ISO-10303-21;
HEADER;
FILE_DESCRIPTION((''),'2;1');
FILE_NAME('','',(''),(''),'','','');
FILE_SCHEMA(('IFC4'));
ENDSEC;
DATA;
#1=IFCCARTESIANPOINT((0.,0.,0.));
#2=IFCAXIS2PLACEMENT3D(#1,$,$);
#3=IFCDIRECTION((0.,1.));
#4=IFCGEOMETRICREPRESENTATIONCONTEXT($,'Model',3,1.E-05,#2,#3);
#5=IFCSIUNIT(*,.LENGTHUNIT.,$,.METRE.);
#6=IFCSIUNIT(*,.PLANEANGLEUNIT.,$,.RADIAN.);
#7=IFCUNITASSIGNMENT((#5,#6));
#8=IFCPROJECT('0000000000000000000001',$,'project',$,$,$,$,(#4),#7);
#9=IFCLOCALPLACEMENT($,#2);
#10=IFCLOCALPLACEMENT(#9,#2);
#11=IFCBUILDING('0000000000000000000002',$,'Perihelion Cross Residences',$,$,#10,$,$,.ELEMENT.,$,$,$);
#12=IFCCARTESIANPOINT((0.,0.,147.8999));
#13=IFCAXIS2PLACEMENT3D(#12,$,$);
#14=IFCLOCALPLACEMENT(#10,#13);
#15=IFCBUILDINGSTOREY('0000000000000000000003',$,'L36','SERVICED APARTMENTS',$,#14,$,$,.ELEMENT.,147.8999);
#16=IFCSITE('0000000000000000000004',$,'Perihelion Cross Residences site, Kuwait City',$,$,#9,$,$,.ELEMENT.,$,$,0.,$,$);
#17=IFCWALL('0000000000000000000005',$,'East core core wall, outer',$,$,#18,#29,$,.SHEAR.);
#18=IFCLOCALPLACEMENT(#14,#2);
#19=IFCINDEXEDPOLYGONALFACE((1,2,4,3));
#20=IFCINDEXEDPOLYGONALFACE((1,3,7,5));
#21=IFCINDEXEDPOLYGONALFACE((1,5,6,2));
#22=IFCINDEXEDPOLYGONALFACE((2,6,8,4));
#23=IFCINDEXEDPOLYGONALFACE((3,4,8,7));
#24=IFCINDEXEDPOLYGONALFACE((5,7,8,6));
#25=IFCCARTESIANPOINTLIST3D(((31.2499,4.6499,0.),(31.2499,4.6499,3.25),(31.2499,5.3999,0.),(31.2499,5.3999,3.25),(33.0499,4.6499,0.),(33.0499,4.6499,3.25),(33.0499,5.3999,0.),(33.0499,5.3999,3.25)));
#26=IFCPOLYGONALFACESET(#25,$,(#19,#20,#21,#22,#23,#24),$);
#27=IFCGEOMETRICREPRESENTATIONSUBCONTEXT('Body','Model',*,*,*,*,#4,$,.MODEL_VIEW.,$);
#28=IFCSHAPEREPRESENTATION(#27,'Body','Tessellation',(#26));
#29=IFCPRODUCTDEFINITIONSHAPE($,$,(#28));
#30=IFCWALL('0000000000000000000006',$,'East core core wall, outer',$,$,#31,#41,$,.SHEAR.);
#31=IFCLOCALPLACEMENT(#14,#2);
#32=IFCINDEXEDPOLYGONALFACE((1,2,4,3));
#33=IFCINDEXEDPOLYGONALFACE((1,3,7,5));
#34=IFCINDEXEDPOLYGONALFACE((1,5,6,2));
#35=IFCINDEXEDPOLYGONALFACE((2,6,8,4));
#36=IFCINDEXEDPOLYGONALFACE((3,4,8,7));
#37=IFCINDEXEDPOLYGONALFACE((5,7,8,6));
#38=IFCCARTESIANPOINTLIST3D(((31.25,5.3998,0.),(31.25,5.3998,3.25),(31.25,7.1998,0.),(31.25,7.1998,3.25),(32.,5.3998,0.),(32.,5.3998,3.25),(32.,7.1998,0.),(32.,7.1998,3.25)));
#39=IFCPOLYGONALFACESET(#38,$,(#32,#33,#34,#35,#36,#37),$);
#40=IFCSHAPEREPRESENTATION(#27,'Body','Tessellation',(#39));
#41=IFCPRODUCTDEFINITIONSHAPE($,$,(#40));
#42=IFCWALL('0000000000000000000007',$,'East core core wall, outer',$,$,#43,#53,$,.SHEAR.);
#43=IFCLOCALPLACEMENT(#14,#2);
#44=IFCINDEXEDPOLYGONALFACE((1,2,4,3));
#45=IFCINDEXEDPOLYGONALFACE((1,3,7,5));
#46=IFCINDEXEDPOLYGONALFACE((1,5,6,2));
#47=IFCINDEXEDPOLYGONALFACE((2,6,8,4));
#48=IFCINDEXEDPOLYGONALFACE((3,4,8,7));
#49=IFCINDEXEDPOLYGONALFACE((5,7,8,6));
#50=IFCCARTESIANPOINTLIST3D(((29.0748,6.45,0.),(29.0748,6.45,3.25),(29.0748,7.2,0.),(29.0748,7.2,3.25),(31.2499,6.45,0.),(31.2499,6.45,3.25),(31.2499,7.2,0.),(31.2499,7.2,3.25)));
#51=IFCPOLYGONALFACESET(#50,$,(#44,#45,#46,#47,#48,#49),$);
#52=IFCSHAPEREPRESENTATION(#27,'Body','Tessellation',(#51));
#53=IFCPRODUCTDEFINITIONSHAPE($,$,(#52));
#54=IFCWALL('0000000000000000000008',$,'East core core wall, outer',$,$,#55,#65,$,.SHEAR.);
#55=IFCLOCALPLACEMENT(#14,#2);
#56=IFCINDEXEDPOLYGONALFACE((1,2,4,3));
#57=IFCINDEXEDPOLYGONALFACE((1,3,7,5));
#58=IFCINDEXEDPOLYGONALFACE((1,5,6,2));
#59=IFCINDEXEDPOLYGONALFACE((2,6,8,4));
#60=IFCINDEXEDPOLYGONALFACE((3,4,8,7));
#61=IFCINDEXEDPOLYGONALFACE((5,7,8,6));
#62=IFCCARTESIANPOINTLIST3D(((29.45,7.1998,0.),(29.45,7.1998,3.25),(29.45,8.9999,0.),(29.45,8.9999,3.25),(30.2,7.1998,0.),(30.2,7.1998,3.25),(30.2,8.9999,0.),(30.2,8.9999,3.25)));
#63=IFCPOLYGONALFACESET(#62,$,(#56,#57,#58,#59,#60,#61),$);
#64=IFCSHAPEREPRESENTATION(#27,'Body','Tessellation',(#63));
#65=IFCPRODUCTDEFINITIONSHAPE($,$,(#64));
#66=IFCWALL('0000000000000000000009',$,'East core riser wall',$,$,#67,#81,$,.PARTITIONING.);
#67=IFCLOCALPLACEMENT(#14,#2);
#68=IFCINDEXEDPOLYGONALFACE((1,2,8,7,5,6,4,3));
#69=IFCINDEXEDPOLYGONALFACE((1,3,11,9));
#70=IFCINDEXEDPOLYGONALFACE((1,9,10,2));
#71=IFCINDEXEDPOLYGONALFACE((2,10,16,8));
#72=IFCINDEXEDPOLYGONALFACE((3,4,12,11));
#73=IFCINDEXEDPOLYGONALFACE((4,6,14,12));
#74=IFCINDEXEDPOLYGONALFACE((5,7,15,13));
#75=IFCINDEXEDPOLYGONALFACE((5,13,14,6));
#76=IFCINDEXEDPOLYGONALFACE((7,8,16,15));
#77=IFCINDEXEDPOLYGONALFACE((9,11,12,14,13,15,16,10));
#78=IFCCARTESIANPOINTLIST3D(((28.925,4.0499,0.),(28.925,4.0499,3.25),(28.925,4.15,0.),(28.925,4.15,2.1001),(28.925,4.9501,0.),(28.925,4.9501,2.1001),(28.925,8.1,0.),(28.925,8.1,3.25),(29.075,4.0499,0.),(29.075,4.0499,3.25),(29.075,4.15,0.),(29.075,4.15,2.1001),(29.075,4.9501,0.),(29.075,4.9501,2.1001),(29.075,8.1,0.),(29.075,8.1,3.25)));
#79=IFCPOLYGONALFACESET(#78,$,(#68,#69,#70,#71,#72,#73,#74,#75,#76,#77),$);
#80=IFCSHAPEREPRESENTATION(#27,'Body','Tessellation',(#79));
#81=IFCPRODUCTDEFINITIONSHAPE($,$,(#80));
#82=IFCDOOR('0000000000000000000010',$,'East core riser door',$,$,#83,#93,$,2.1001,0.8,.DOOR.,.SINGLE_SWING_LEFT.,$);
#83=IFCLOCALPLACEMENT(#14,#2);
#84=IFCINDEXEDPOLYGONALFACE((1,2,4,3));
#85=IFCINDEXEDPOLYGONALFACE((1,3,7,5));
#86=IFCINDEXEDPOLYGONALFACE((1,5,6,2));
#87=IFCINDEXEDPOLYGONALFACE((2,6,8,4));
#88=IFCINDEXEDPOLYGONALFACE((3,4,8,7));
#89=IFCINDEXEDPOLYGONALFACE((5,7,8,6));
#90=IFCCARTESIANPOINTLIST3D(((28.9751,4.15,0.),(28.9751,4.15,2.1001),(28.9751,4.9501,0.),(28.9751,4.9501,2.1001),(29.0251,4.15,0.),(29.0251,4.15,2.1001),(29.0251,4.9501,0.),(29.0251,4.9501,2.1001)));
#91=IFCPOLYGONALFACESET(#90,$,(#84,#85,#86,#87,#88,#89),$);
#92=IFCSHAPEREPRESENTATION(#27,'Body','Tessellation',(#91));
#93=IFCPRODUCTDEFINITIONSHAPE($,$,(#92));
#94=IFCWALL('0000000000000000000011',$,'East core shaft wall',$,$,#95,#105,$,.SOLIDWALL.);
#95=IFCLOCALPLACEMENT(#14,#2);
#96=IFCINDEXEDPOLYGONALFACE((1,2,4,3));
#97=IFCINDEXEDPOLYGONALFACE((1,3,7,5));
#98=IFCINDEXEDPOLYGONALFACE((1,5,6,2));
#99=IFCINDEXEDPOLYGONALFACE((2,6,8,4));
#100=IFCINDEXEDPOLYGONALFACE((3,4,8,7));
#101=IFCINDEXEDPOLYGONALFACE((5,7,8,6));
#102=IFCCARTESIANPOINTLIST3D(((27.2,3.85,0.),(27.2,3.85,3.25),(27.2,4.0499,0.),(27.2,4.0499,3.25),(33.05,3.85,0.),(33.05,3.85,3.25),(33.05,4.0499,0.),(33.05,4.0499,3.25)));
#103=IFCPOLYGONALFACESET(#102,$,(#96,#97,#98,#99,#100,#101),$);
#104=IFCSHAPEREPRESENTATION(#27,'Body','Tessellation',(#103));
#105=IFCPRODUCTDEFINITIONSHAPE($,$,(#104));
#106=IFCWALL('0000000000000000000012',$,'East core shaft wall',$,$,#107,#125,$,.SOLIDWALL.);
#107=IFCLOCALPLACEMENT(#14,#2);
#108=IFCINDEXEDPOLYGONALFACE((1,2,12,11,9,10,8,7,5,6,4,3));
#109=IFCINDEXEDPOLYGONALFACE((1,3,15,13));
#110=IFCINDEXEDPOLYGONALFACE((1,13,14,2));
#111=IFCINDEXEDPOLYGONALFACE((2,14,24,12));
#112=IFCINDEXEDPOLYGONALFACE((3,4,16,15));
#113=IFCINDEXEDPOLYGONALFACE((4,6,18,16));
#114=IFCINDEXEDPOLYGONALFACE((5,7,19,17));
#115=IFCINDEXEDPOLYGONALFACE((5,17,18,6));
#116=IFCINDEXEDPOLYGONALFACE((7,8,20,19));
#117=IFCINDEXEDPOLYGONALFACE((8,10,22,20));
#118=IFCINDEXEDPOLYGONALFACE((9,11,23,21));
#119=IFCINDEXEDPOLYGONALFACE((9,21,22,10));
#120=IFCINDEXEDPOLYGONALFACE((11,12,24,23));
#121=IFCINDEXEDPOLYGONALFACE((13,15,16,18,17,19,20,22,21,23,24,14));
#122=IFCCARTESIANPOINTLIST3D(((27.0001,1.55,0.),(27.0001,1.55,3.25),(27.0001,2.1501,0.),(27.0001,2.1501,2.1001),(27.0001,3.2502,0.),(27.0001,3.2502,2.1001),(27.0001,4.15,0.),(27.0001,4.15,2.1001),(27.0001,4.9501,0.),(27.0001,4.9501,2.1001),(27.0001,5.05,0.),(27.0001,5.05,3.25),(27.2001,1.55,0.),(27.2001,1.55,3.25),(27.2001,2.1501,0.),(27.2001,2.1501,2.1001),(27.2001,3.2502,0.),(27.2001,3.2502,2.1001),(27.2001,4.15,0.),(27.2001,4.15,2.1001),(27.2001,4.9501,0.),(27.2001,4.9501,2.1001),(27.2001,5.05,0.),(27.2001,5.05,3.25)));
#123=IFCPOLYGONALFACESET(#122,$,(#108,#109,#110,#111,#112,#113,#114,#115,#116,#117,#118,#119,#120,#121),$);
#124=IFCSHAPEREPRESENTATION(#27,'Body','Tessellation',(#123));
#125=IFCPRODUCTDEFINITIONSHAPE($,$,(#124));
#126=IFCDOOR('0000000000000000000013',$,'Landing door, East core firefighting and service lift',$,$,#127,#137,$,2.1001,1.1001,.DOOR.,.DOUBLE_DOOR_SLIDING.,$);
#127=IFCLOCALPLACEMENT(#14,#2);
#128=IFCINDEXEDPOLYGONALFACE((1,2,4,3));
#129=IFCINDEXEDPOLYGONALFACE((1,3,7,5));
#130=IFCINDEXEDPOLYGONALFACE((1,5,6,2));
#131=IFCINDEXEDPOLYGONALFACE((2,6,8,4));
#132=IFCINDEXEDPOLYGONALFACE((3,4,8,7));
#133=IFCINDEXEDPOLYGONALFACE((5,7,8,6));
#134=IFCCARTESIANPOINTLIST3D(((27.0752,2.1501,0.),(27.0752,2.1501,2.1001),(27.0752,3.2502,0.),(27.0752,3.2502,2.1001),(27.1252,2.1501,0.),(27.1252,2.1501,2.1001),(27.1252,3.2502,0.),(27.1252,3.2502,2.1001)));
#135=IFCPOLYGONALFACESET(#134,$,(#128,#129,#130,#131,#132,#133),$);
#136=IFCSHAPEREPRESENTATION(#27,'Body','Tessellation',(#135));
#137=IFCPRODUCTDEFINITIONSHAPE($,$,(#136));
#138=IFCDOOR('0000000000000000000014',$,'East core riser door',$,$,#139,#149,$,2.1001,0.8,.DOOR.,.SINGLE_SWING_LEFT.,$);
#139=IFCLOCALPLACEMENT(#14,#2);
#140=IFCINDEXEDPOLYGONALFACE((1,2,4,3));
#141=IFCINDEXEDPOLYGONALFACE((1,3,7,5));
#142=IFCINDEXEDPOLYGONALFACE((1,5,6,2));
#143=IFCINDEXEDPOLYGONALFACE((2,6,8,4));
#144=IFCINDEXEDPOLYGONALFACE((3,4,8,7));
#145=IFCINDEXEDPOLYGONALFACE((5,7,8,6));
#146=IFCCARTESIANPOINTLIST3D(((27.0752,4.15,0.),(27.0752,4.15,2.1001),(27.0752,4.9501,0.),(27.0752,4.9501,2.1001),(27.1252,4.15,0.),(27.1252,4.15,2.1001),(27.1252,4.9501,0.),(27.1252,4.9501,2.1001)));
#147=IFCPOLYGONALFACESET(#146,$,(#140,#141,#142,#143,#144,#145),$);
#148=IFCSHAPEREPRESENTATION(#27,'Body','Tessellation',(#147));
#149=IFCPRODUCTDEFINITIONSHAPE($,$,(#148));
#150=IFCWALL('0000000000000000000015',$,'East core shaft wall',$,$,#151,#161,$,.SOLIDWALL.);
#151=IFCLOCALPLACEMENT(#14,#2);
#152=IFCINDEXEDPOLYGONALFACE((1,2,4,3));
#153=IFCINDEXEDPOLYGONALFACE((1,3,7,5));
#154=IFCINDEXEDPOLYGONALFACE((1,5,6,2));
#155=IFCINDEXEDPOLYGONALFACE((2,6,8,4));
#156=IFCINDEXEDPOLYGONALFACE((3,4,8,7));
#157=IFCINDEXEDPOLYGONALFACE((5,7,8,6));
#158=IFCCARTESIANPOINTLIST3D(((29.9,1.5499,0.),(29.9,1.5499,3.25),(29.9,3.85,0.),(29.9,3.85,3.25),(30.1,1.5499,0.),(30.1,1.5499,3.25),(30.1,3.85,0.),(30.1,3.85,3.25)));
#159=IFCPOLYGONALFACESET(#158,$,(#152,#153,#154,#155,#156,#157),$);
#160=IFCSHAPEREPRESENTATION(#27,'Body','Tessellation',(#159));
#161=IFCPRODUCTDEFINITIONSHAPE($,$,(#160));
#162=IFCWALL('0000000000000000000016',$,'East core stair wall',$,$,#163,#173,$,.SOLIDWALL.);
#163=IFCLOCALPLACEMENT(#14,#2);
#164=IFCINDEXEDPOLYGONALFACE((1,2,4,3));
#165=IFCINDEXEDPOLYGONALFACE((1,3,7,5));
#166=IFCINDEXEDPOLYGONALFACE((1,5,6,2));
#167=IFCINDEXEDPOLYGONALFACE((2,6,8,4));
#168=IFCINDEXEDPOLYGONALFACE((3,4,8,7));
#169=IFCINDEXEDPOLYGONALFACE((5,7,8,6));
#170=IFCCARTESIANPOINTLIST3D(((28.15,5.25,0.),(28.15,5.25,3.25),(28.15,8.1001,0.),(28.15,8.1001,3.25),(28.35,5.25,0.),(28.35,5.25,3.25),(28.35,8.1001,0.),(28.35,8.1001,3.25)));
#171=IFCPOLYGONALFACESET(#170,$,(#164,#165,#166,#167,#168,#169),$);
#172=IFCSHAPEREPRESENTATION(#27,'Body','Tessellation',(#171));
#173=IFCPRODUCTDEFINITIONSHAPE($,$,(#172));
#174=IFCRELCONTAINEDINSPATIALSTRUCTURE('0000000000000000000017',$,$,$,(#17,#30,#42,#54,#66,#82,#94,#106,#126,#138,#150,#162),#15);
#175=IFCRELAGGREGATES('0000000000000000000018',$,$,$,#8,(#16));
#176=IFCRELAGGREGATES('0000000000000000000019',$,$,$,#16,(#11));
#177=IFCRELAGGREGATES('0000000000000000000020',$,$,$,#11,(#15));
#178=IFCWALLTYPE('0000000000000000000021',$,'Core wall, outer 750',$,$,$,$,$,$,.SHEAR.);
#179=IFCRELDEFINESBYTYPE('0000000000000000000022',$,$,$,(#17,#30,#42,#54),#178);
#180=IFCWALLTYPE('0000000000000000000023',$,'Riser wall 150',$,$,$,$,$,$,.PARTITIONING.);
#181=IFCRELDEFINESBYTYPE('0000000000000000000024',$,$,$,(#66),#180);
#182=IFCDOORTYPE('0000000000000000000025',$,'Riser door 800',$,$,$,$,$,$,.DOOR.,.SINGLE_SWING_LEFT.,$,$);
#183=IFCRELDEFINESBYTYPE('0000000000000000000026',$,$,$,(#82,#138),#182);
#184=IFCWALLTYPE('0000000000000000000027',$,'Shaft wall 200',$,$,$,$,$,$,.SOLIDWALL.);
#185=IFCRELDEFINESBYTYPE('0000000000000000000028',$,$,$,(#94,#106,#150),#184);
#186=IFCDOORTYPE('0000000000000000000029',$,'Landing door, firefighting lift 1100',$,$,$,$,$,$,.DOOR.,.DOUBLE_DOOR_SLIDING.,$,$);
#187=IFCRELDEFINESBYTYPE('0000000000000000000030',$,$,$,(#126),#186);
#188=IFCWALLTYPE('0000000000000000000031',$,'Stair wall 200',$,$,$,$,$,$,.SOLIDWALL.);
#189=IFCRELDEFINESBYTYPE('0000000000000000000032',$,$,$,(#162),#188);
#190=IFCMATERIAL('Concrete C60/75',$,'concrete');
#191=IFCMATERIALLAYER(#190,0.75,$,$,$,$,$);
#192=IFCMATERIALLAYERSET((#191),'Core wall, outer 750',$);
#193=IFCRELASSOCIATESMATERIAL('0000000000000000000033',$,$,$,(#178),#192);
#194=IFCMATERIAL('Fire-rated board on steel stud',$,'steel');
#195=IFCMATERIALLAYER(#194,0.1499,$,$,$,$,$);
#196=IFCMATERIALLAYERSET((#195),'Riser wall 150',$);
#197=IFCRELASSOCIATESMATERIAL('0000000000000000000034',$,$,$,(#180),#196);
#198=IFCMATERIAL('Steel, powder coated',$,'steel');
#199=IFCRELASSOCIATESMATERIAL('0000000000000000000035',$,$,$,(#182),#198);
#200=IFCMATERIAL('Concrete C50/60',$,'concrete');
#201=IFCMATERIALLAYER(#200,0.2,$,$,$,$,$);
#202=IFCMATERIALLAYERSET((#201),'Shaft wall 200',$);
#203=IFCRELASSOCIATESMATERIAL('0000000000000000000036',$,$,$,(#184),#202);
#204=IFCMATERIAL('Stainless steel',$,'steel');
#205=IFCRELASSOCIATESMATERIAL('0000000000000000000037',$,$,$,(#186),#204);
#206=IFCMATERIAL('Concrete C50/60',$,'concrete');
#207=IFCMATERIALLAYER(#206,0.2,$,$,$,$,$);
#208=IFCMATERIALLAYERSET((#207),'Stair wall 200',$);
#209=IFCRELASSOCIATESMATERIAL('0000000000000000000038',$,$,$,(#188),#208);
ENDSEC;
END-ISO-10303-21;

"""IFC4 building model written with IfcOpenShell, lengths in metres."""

from ifc_helpers import new_model, si_unit, direction, frame, frame_2d, origin, place, context, subcontext, project, spatial, rectangle, extrude, material, layer, layer_set, type_object, element, fill, save


model = new_model("IFC4")

# Units and contexts
model_context = context("Model", 3, precision=1e-05, world=origin(), true_north=direction((0.0, 1.0)))
body_context = subcontext(model_context, "Body", "Model", "MODEL_VIEW")
ifc_project = project(units=[si_unit("LENGTHUNIT", "METRE"), si_unit("PLANEANGLEUNIT", "RADIAN")], contexts=[model_context])

# Site, building, storey
site_placement = place(None, origin())
site = spatial("IfcSite", under=ifc_project, at=site_placement, Name="Perihelion Cross Residences site, Kuwait City", CompositionType="ELEMENT", RefElevation=0.0)
building_placement = place(site_placement, origin())
building = spatial("IfcBuilding", under=site, at=building_placement, Name="Perihelion Cross Residences", CompositionType="ELEMENT")
storey_placement = place(building_placement, frame((0.0, 0.0, 147.8999)))
storey = spatial("IfcBuildingStorey", under=building, at=storey_placement, Name="L36", Description="SERVICED APARTMENTS", CompositionType="ELEMENT", Elevation=147.8999)

# Walls
ifc_material_1 = material(Name="Concrete C60/75", Category="concrete")
ifc_layer_1 = layer(ifc_material_1, 0.75)
ifc_layer_set_1 = layer_set([ifc_layer_1], Name="Core wall, outer 750")
wall_type_1 = type_object("IfcWallType", Name="Core wall, outer 750", PredefinedType="SHEAR", material=ifc_layer_set_1)
for number, where, z_axis, x_axis, name in (
    (1, (31.25, 5.0249, 0.0), (0.0, 0.0, 1.0), (1.0, 0.0, 0.0), "East core core wall, outer"),
    (2, (31.625, 5.3999, 0.0), (0.0, 0.0, 1.0), (0.0, 1.0, 0.0), "East core core wall, outer"),
):
    element("IfcWall", number, at=place(storey_placement, frame(where, z_axis=z_axis, x_axis=x_axis)), inside=storey, type_object=wall_type_1, Name=name, PredefinedType="SHEAR", context=body_context, shape_type="SweptSolid", body=[
        extrude(rectangle(XDim=1.8, YDim=0.75, at=frame_2d((0.8999, 0.0))), origin(), (0.0, 0.0, 1.0), 3.25),
    ])
wall_1_placement = place(storey_placement, frame((29.075, 6.825, 0.0), z_axis=(0.0, 0.0, 1.0), x_axis=(1.0, 0.0, 0.0)))
element("IfcWall", 3, at=wall_1_placement, inside=storey, type_object=wall_type_1, Name="East core core wall, outer", PredefinedType="SHEAR", context=body_context, shape_type="SweptSolid", body=[
    extrude(rectangle(XDim=2.175, YDim=0.75, at=frame_2d((1.0874, 0.0))), origin(), (0.0, 0.0, 1.0), 3.25),
])
wall_2_placement = place(storey_placement, frame((29.825, 7.2, 0.0), z_axis=(0.0, 0.0, 1.0), x_axis=(0.0, 1.0, 0.0)))
element("IfcWall", 4, at=wall_2_placement, inside=storey, type_object=wall_type_1, Name="East core core wall, outer", PredefinedType="SHEAR", context=body_context, shape_type="SweptSolid", body=[
    extrude(rectangle(XDim=1.8, YDim=0.75, at=frame_2d((0.8999, 0.0))), origin(), (0.0, 0.0, 1.0), 3.25),
])

# Wall, opening, door
ifc_material_2 = material(Name="Fire-rated board on steel stud", Category="steel")
ifc_layer_2 = layer(ifc_material_2, 0.1499)
ifc_layer_set_2 = layer_set([ifc_layer_2], Name="Riser wall 150")
wall_type_2 = type_object("IfcWallType", Name="Riser wall 150", PredefinedType="PARTITIONING", material=ifc_layer_set_2)
wall_3_placement = place(storey_placement, frame((29.0, 4.05, 0.0), z_axis=(0.0, 0.0, 1.0), x_axis=(0.0, 1.0, 0.0)))
wall_3 = element("IfcWall", 5, at=wall_3_placement, inside=storey, type_object=wall_type_2, Name="East core riser wall", PredefinedType="PARTITIONING", context=body_context, shape_type="SweptSolid", body=[
    extrude(rectangle(XDim=4.05, YDim=0.1499, at=frame_2d((2.0249, 0.0))), origin(), (0.0, 0.0, 1.0), 3.25),
])
opening_1_placement = place(wall_3_placement, frame((0.1001, 0.0, 0.0)))
opening_1 = element("IfcOpeningElement", 6, at=opening_1_placement, cuts=wall_3, PredefinedType="OPENING", context=body_context, shape_type="SweptSolid", body=[
    extrude(rectangle(XDim=0.8, YDim=2.1001, at=frame_2d((0.3999, 1.05))), frame((0.0, 0.085, 0.0), z_axis=(0.0, -1.0, 0.0), x_axis=(1.0, 0.0, 0.0)), (0.0, 0.0, 1.0), 0.1699),
])
ifc_material_3 = material(Name="Steel, powder coated", Category="steel")
door_type_1 = type_object("IfcDoorType", Name="Riser door 800", OperationType="SINGLE_SWING_LEFT", PredefinedType="DOOR", material=ifc_material_3)
door_1_placement = place(opening_1_placement, origin())
door_1 = element("IfcDoor", 7, at=door_1_placement, inside=storey, type_object=door_type_1, Name="East core riser door", OperationType="SINGLE_SWING_LEFT", OverallHeight=2.1001, OverallWidth=0.8, PredefinedType="DOOR", context=body_context, shape_type="SweptSolid", body=[
    extrude(rectangle(XDim=0.8, YDim=2.1001, at=frame_2d((0.3999, 1.05))), frame((0.0, 0.0249, 0.0), z_axis=(0.0, -1.0, 0.0), x_axis=(1.0, 0.0, 0.0)), (0.0, 0.0, 1.0), 0.05),
])
fill(opening_1, door_1)

# Wall
ifc_material_4 = material(Name="Concrete C50/60", Category="concrete")
ifc_layer_3 = layer(ifc_material_4, 0.2)
ifc_layer_set_3 = layer_set([ifc_layer_3], Name="Shaft wall 200")
wall_type_3 = type_object("IfcWallType", Name="Shaft wall 200", PredefinedType="SOLIDWALL", material=ifc_layer_set_3)
wall_4_placement = place(storey_placement, frame((27.2, 3.95, 0.0), z_axis=(0.0, 0.0, 1.0), x_axis=(1.0, 0.0, 0.0)))
element("IfcWall", 8, at=wall_4_placement, inside=storey, type_object=wall_type_3, Name="East core shaft wall", PredefinedType="SOLIDWALL", context=body_context, shape_type="SweptSolid", body=[
    extrude(rectangle(XDim=5.8501, YDim=0.2, at=frame_2d((2.925, 0.0))), origin(), (0.0, 0.0, 1.0), 3.25),
])

# Wall, openings, doors
wall_5_placement = place(storey_placement, frame((27.1001, 1.55, 0.0), z_axis=(0.0, 0.0, 1.0), x_axis=(0.0, 1.0, 0.0)))
wall_5 = element("IfcWall", 9, at=wall_5_placement, inside=storey, type_object=wall_type_3, Name="East core shaft wall", PredefinedType="SOLIDWALL", context=body_context, shape_type="SweptSolid", body=[
    extrude(rectangle(XDim=3.5, YDim=0.2, at=frame_2d((1.75, 0.0))), origin(), (0.0, 0.0, 1.0), 3.25),
])
opening_2_placement = place(wall_5_placement, frame((0.6001, 0.0, 0.0)))
opening_2 = element("IfcOpeningElement", 10, at=opening_2_placement, cuts=wall_5, PredefinedType="OPENING", context=body_context, shape_type="SweptSolid", body=[
    extrude(rectangle(XDim=1.1001, YDim=2.1001, at=frame_2d((0.55, 1.05))), frame((0.0, 0.1099, 0.0), z_axis=(0.0, -1.0, 0.0), x_axis=(1.0, 0.0, 0.0)), (0.0, 0.0, 1.0), 0.22),
])
opening_3_placement = place(wall_5_placement, frame((2.6001, 0.0, 0.0)))
opening_3 = element("IfcOpeningElement", 11, at=opening_3_placement, cuts=wall_5, PredefinedType="OPENING", context=body_context, shape_type="SweptSolid", body=[
    extrude(rectangle(XDim=0.8, YDim=2.1001, at=frame_2d((0.3999, 1.05))), frame((0.0, 0.1099, 0.0), z_axis=(0.0, -1.0, 0.0), x_axis=(1.0, 0.0, 0.0)), (0.0, 0.0, 1.0), 0.22),
])
ifc_material_5 = material(Name="Stainless steel", Category="steel")
door_type_2 = type_object("IfcDoorType", Name="Landing door, firefighting lift 1100", OperationType="DOUBLE_DOOR_SLIDING", PredefinedType="DOOR", material=ifc_material_5)
door_2_placement = place(opening_2_placement, origin())
door_2 = element("IfcDoor", 12, at=door_2_placement, inside=storey, type_object=door_type_2, Name="Landing door, East core firefighting and service lift", OperationType="DOUBLE_DOOR_SLIDING", OverallHeight=2.1001, OverallWidth=1.1001, PredefinedType="DOOR", context=body_context, shape_type="SweptSolid", body=[
    extrude(rectangle(XDim=1.1001, YDim=2.1001, at=frame_2d((0.55, 1.05))), frame((0.0, 0.0249, 0.0), z_axis=(0.0, -1.0, 0.0), x_axis=(1.0, 0.0, 0.0)), (0.0, 0.0, 1.0), 0.05),
])
fill(opening_2, door_2)
door_3_placement = place(opening_3_placement, origin())
door_3 = element("IfcDoor", 13, at=door_3_placement, inside=storey, type_object=door_type_1, Name="East core riser door", OperationType="SINGLE_SWING_LEFT", OverallHeight=2.1001, OverallWidth=0.8, PredefinedType="DOOR", context=body_context, shape_type="SweptSolid", body=[
    extrude(rectangle(XDim=0.8, YDim=2.1001, at=frame_2d((0.3999, 1.05))), frame((0.0, 0.0249, 0.0), z_axis=(0.0, -1.0, 0.0), x_axis=(1.0, 0.0, 0.0)), (0.0, 0.0, 1.0), 0.05),
])
fill(opening_3, door_3)

# Walls
wall_6_placement = place(storey_placement, frame((30.0, 1.55, 0.0), z_axis=(0.0, 0.0, 1.0), x_axis=(0.0, 1.0, 0.0)))
element("IfcWall", 14, at=wall_6_placement, inside=storey, type_object=wall_type_3, Name="East core shaft wall", PredefinedType="SOLIDWALL", context=body_context, shape_type="SweptSolid", body=[
    extrude(rectangle(XDim=2.3, YDim=0.2, at=frame_2d((1.1499, 0.0))), origin(), (0.0, 0.0, 1.0), 3.25),
])
ifc_material_6 = material(Name="Concrete C50/60", Category="concrete")
ifc_layer_4 = layer(ifc_material_6, 0.2)
ifc_layer_set_4 = layer_set([ifc_layer_4], Name="Stair wall 200")
wall_type_4 = type_object("IfcWallType", Name="Stair wall 200", PredefinedType="SOLIDWALL", material=ifc_layer_set_4)
wall_7_placement = place(storey_placement, frame((28.25, 5.25, 0.0), z_axis=(0.0, 0.0, 1.0), x_axis=(0.0, 1.0, 0.0)))
element("IfcWall", 15, at=wall_7_placement, inside=storey, type_object=wall_type_4, Name="East core stair wall", PredefinedType="SOLIDWALL", context=body_context, shape_type="SweptSolid", body=[
    extrude(rectangle(XDim=2.8501, YDim=0.2, at=frame_2d((1.425, 0.0))), origin(), (0.0, 0.0, 1.0), 3.25),
])

save(model, "model.ifc")
